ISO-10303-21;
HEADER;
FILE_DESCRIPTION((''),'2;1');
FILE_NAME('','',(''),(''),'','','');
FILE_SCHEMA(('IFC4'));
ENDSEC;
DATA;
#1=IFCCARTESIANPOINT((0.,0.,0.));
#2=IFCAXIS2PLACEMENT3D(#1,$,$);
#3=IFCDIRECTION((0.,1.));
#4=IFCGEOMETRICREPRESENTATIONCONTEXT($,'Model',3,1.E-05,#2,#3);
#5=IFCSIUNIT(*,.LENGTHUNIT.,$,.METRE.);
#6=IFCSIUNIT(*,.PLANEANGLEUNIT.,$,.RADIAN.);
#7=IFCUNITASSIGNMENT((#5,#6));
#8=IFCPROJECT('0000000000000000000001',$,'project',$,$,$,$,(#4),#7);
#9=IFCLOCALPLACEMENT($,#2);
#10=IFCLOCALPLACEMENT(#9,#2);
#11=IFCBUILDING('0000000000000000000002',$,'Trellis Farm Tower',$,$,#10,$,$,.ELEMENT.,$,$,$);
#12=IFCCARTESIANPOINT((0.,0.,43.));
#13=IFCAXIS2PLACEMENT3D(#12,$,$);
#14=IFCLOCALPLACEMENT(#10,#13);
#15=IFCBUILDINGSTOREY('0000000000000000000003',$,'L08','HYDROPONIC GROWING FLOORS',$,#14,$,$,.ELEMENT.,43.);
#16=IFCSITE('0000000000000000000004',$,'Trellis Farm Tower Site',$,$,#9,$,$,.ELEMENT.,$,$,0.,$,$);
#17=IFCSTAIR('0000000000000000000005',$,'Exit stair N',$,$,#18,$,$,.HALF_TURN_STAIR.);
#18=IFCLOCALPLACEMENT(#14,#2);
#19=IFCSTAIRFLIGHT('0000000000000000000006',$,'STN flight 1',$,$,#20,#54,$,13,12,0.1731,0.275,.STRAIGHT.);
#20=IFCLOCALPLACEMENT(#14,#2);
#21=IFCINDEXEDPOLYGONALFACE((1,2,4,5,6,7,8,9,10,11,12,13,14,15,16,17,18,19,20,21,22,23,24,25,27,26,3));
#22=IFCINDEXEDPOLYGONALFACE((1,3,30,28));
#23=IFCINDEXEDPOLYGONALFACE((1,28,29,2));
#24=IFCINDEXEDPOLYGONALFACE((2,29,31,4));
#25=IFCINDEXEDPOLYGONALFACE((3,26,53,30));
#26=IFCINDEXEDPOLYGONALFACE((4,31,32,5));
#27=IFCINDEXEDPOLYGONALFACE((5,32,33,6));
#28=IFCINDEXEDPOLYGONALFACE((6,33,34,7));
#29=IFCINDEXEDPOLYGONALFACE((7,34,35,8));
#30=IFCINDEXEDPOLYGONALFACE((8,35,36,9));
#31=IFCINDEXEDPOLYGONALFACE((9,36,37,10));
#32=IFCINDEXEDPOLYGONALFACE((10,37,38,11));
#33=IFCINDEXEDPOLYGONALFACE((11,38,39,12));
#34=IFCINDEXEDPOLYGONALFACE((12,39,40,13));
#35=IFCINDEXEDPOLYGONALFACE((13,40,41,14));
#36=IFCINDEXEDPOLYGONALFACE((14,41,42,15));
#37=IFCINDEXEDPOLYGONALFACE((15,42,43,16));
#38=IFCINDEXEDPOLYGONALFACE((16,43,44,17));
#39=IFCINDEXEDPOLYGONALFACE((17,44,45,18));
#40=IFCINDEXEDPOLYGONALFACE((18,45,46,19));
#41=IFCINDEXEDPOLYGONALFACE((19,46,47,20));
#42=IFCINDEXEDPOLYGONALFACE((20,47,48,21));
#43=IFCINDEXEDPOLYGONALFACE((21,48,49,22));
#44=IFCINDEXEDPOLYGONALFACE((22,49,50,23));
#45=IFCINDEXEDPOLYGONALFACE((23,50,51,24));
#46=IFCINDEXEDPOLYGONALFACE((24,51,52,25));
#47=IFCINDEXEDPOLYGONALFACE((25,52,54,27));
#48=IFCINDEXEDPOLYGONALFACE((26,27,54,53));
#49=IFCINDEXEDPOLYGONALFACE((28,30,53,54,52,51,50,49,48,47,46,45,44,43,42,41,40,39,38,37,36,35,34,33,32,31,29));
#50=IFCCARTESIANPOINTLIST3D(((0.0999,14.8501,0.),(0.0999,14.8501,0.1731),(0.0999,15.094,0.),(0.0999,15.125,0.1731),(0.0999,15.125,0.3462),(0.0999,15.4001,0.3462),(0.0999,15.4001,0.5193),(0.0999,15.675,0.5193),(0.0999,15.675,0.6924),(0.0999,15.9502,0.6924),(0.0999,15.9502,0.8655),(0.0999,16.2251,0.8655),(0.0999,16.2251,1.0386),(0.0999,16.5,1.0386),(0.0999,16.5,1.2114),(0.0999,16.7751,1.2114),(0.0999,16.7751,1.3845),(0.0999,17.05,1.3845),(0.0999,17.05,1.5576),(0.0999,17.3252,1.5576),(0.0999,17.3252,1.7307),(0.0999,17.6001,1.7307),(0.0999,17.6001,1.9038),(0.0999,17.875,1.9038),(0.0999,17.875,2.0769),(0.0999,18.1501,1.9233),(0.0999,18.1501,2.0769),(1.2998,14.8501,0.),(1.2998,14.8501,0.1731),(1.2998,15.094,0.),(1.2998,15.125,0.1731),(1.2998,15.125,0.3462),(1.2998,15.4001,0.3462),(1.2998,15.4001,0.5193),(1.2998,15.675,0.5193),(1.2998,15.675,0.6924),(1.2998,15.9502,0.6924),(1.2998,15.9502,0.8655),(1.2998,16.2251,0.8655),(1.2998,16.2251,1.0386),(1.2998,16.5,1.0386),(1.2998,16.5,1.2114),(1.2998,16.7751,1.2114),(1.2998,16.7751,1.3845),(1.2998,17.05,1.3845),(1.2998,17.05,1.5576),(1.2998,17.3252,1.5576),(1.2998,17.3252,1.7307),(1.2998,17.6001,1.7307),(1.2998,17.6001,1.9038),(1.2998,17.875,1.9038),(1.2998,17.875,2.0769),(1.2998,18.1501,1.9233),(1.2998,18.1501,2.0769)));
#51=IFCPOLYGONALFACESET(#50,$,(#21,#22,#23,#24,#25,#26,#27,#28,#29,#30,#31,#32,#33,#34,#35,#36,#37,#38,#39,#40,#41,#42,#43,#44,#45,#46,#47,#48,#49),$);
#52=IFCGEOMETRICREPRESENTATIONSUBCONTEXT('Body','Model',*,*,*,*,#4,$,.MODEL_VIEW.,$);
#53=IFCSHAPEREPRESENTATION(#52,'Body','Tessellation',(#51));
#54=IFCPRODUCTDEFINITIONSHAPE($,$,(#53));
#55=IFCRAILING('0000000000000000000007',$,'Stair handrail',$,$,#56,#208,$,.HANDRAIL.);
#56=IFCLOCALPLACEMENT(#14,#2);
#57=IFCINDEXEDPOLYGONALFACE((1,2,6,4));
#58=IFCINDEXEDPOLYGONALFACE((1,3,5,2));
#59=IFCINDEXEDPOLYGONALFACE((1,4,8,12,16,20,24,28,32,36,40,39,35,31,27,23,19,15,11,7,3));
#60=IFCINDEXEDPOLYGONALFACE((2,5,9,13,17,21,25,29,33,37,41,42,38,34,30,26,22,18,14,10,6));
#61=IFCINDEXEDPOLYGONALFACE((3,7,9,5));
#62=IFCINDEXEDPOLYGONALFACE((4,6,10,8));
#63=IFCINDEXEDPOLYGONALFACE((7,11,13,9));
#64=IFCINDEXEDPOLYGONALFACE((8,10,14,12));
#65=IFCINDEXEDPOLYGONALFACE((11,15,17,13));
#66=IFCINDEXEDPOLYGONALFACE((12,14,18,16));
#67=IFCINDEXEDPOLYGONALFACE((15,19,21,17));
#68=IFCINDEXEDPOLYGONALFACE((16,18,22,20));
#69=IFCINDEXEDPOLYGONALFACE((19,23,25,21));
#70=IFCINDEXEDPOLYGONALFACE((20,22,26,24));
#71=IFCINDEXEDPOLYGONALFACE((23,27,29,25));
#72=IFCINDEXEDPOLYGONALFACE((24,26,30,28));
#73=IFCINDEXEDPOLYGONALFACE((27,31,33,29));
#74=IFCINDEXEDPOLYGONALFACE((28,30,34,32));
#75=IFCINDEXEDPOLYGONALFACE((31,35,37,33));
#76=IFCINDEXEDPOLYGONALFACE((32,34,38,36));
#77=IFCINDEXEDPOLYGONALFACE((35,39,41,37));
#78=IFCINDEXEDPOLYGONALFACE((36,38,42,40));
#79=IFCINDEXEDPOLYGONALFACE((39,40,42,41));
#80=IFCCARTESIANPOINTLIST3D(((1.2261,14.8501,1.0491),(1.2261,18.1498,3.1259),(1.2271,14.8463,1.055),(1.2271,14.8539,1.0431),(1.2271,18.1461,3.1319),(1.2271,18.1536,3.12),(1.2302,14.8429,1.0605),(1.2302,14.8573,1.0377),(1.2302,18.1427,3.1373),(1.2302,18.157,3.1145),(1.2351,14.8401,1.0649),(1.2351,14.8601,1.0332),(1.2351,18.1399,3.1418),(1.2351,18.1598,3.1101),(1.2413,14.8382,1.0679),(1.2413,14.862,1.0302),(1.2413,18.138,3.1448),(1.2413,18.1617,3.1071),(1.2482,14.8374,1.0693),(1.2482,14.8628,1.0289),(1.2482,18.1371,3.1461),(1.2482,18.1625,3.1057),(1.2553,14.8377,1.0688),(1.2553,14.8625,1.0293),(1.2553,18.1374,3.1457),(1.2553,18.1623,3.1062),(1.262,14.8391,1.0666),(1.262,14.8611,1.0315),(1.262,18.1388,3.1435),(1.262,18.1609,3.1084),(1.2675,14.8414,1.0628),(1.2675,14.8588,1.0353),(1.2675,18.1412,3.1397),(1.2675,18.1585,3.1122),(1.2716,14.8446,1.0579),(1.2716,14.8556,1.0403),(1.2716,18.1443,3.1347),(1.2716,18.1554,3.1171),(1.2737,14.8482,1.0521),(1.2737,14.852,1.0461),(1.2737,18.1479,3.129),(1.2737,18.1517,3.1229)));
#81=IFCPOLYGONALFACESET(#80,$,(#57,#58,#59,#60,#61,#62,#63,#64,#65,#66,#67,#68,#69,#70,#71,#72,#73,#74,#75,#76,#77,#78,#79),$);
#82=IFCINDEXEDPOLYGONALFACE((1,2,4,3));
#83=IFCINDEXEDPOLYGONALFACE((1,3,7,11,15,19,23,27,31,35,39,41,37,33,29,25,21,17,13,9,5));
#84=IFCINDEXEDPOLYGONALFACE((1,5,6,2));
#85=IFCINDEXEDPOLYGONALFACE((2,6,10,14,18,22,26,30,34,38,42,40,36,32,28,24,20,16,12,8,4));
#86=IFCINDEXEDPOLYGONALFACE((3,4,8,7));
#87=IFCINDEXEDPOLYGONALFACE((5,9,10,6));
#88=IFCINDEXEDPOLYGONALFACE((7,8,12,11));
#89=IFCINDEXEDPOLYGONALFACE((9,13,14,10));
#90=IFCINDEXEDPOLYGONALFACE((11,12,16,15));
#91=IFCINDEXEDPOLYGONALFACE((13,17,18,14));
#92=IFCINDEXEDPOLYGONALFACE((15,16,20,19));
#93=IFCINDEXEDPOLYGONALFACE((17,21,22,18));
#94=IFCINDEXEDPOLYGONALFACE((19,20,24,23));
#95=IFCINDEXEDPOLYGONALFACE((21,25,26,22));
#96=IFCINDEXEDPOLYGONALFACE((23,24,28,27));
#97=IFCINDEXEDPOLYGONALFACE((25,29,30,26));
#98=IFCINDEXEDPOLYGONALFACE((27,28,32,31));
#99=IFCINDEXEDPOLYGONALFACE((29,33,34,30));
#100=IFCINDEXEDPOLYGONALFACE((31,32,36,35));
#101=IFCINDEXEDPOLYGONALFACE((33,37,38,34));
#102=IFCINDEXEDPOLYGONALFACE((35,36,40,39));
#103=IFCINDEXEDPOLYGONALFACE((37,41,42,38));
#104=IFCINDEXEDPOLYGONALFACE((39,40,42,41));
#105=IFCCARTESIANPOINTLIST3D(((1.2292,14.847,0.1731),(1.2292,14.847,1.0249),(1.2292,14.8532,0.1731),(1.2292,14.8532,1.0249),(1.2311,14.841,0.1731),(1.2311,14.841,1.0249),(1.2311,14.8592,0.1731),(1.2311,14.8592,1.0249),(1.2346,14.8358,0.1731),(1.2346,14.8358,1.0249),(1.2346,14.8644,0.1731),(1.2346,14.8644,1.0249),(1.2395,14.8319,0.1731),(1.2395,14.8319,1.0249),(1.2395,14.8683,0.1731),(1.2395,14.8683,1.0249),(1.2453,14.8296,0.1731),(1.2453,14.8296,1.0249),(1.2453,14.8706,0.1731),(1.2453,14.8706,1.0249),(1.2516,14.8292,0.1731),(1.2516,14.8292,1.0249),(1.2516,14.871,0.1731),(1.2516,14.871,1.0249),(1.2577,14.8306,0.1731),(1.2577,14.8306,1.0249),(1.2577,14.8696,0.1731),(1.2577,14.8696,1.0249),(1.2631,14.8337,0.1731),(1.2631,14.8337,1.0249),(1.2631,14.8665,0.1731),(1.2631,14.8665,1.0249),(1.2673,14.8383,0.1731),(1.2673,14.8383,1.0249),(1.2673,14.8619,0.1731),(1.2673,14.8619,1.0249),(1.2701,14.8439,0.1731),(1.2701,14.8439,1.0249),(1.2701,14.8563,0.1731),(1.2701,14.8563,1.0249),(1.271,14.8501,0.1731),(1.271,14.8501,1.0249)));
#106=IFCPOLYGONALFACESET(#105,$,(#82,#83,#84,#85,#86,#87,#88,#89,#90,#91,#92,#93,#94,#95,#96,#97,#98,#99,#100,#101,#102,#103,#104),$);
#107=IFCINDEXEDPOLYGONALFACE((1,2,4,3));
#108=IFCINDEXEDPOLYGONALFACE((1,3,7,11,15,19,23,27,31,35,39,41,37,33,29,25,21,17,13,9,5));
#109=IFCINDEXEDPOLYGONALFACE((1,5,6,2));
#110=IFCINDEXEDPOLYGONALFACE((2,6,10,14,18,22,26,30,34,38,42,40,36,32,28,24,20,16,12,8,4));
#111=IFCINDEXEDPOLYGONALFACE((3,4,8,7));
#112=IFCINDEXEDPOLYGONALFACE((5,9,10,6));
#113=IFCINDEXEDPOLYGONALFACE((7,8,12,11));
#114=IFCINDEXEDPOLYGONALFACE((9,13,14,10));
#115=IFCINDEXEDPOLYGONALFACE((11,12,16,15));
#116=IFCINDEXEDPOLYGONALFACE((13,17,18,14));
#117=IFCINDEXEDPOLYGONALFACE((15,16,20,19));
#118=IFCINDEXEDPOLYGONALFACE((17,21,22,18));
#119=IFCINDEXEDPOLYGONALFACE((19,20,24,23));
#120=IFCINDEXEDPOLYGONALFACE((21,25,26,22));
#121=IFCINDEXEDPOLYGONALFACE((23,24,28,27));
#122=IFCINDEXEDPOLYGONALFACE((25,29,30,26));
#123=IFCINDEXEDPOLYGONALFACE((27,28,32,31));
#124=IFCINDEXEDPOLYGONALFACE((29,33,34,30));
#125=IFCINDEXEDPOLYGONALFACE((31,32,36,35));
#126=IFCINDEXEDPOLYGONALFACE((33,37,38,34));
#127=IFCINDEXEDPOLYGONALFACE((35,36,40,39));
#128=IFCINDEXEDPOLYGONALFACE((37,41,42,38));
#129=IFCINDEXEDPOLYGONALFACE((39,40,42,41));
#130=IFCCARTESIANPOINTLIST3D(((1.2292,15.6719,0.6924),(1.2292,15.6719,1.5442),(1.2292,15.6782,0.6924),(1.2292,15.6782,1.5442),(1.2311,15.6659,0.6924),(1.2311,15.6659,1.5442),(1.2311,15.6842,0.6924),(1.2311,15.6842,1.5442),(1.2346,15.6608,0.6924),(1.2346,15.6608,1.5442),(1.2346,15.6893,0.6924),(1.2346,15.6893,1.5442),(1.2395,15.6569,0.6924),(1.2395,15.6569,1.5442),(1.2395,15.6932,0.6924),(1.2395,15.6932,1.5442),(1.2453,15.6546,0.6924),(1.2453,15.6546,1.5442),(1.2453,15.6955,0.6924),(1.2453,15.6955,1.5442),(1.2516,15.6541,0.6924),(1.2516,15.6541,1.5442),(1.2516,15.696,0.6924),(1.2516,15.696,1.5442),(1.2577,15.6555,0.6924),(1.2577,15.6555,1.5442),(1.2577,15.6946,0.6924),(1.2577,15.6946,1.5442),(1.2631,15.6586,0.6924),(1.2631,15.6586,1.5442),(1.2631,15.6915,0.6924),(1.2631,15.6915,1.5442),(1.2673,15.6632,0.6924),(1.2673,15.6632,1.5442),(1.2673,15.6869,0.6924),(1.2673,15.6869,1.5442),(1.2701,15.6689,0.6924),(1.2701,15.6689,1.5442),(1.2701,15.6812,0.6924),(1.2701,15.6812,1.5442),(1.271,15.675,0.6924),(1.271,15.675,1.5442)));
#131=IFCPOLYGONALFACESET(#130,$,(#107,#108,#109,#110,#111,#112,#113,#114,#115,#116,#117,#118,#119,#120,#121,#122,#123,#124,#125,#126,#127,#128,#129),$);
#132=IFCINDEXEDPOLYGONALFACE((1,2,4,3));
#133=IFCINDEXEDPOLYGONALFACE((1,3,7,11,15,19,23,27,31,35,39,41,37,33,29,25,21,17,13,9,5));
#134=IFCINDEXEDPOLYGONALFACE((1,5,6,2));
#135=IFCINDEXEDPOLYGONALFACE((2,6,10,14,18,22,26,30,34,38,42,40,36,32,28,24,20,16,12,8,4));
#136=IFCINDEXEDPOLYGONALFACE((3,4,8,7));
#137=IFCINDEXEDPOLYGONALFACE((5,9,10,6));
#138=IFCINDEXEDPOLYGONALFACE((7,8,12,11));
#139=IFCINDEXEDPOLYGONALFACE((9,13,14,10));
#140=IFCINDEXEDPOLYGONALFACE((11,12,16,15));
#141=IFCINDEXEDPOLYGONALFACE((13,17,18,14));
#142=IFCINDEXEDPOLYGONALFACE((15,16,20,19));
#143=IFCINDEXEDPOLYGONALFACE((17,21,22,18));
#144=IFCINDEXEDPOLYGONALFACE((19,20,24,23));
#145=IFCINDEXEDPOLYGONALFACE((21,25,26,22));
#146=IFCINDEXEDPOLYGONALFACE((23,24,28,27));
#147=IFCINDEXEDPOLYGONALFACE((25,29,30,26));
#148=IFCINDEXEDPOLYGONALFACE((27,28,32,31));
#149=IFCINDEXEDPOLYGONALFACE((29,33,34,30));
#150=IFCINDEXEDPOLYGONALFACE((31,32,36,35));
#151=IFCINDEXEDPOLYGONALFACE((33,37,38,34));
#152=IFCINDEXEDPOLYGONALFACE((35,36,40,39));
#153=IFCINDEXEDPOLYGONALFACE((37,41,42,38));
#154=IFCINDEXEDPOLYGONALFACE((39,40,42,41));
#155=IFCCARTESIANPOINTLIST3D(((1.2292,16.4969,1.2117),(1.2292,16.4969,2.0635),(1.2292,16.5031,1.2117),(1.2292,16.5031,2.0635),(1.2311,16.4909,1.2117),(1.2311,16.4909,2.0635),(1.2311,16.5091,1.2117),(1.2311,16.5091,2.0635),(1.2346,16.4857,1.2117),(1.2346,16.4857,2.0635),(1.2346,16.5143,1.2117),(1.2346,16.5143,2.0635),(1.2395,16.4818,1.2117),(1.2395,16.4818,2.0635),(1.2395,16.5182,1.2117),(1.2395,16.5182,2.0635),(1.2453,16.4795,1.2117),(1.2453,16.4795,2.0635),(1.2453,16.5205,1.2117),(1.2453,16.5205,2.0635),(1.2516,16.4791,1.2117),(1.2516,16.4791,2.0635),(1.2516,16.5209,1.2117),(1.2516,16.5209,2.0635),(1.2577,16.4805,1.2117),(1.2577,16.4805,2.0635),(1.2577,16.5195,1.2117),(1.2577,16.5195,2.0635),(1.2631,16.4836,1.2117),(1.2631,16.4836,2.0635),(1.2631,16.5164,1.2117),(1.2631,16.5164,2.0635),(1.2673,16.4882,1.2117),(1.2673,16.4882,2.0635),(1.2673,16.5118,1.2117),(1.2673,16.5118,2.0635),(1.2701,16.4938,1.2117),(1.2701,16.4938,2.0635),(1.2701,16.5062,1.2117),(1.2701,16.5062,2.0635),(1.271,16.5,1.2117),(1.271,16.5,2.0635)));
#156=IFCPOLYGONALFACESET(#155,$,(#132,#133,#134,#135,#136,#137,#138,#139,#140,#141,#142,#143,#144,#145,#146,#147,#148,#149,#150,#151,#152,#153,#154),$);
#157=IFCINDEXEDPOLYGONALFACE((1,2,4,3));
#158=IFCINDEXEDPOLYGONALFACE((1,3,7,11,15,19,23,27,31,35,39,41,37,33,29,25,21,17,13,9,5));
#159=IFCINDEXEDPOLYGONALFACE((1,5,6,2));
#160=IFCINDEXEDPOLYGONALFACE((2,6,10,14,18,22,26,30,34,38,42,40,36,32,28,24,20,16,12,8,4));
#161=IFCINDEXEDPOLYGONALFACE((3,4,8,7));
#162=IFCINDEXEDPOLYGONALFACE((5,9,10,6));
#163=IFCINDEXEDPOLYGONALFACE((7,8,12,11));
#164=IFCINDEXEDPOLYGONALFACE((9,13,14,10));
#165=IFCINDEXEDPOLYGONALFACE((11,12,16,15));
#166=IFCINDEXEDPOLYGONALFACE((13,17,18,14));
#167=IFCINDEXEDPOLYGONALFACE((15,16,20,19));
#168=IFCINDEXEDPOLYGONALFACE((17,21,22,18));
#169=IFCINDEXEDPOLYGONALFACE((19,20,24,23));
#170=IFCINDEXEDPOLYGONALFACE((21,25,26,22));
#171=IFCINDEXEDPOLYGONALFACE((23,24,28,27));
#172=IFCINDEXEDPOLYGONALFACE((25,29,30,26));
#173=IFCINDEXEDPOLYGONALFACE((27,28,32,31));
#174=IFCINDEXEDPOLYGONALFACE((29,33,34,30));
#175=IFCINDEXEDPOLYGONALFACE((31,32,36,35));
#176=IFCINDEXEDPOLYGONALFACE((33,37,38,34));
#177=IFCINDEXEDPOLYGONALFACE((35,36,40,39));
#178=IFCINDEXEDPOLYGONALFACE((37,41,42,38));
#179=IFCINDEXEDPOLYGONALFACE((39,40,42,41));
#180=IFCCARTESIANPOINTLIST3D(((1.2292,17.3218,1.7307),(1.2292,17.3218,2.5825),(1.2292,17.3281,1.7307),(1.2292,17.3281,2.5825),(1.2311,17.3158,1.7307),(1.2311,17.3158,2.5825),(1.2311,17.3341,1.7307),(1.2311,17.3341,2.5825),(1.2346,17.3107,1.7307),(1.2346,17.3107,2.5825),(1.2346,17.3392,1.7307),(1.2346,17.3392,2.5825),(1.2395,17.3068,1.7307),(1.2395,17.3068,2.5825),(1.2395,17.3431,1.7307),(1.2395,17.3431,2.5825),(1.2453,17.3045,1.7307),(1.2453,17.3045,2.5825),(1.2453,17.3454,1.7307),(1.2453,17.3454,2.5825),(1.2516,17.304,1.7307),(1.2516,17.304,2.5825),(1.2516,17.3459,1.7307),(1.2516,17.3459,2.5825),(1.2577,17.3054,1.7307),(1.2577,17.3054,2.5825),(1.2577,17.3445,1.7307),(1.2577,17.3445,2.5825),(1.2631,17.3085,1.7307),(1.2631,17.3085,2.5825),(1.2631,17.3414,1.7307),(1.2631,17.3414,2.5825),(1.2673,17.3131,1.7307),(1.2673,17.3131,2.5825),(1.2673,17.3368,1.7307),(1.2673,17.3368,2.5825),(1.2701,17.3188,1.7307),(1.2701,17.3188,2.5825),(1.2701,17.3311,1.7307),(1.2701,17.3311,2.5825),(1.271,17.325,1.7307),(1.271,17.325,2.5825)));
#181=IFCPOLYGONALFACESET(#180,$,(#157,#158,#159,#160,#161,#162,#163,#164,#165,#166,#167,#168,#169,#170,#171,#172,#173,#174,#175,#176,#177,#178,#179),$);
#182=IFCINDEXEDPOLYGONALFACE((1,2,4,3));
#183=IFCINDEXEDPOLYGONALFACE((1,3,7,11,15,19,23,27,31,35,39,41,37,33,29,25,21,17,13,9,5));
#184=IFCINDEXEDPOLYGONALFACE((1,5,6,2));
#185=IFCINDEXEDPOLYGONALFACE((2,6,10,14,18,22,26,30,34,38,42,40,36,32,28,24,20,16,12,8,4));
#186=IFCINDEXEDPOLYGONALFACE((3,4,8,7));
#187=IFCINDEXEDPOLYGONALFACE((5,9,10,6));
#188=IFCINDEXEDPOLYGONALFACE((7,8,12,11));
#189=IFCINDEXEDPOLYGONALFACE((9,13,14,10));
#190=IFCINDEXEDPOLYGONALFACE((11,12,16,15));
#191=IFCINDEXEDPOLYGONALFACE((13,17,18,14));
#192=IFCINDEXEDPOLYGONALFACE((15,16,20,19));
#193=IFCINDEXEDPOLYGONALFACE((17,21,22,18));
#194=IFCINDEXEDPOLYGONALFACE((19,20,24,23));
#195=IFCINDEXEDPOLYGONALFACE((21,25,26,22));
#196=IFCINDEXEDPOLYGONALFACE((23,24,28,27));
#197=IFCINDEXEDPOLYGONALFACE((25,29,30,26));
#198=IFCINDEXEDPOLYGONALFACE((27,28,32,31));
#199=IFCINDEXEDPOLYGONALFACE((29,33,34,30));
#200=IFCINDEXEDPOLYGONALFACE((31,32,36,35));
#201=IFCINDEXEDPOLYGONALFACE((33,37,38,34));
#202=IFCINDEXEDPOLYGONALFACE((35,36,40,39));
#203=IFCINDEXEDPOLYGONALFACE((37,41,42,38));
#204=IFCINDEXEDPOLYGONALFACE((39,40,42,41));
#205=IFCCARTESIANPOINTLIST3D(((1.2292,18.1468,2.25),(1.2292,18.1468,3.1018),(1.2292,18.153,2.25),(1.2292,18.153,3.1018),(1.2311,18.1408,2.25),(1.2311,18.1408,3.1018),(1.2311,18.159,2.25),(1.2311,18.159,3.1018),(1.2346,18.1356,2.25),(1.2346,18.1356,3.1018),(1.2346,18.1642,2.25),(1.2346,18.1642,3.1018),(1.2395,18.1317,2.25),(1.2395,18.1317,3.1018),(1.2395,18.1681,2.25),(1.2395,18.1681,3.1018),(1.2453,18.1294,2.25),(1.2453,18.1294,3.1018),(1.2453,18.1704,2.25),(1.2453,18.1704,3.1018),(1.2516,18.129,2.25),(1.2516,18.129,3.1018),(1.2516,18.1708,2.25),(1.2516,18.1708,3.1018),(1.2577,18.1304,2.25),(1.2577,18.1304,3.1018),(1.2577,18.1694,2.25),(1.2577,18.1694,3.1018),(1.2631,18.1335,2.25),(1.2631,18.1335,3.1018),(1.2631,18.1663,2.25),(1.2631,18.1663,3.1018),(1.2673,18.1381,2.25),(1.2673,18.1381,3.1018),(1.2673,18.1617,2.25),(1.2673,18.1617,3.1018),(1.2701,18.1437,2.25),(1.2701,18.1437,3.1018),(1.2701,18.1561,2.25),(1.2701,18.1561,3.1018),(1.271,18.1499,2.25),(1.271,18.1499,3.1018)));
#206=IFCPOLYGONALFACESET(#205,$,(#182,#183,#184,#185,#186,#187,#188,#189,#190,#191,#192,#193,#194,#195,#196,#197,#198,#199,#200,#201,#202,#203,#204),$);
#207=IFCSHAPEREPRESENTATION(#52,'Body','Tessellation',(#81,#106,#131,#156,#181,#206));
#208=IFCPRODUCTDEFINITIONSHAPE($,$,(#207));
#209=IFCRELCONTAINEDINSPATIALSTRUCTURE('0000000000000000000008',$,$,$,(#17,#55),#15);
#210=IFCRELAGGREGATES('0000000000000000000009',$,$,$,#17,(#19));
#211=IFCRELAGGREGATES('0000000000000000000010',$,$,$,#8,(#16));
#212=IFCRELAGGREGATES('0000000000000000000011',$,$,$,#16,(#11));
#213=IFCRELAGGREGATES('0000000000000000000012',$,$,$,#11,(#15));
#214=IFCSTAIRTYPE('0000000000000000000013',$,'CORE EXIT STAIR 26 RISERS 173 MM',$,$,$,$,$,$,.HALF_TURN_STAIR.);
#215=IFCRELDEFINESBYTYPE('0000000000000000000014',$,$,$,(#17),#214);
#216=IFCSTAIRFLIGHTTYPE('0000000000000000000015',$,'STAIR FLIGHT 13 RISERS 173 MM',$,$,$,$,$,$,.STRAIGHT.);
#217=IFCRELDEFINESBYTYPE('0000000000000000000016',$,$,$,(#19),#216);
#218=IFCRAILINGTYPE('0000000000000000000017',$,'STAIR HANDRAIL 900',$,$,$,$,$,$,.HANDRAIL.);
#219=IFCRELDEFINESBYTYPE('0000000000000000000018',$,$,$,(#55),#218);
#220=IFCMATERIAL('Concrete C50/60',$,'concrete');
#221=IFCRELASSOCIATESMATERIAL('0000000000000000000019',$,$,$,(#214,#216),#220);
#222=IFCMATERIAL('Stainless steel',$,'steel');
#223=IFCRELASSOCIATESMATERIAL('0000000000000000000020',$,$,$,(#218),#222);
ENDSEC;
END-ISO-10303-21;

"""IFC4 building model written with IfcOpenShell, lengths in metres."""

from ifc_helpers import new_model, si_unit, direction, frame, origin, origin_2d, place, context, subcontext, project, spatial, polyline, circle, outline, extrude, source, transform, mapped, material, type_object, element, aggregate, save


model = new_model("IFC4")

# Units and contexts
model_context = context("Model", 3, precision=1e-05, world=origin(), true_north=direction((0.0, 1.0)))
body_context = subcontext(model_context, "Body", "Model", "MODEL_VIEW")
ifc_project = project(units=[si_unit("LENGTHUNIT", "METRE"), si_unit("PLANEANGLEUNIT", "RADIAN")], contexts=[model_context])

# Site, building, storey
site_placement = place(None, origin())
site = spatial("IfcSite", under=ifc_project, at=site_placement, Name="Trellis Farm Tower Site", CompositionType="ELEMENT", RefElevation=0.0)
building_placement = place(site_placement, origin())
building = spatial("IfcBuilding", under=site, at=building_placement, Name="Trellis Farm Tower", CompositionType="ELEMENT")
storey_placement = place(building_placement, frame((0.0, 0.0, 43.0)))
storey = spatial("IfcBuildingStorey", under=building, at=storey_placement, Name="L08", Description="HYDROPONIC GROWING FLOORS", CompositionType="ELEMENT", Elevation=43.0)

# Shared definitions
placement = place(storey_placement, origin())

# Stair, stair flight
ifc_material_1 = material(Name="Concrete C50/60", Category="concrete")
stair_type = type_object("IfcStairType", Name="CORE EXIT STAIR 26 RISERS 173 MM", PredefinedType="HALF_TURN_STAIR", material=ifc_material_1)
stair = element("IfcStair", 1, at=placement, inside=storey, type_object=stair_type, Name="Exit stair N", PredefinedType="HALF_TURN_STAIR")
stair_flight_type = type_object("IfcStairFlightType", Name="STAIR FLIGHT 13 RISERS 173 MM", PredefinedType="STRAIGHT", material=ifc_material_1)
shared_shape_1 = source(origin(), body_context, "Body", "SweptSolid", [
    extrude(outline(polyline([(0.0, 0.0), (0.0, 0.1731), (0.2749, 0.1731), (0.2749, 0.3462), (0.55, 0.3462), (0.55, 0.5193), (0.825, 0.5193), (0.825, 0.6924), (1.1001, 0.6924), (1.1001, 0.8655), (1.375, 0.8655), (1.375, 1.0386), (1.6499, 1.0386), (1.6499, 1.2114), (1.925, 1.2114), (1.925, 1.3845), (2.2, 1.3845), (2.2, 1.5576), (2.4751, 1.5576), (2.4751, 1.7307), (2.75, 1.7307), (2.75, 1.9038), (3.0249, 1.9038), (3.0249, 2.0769), (3.3, 2.0769), (3.3, 2.25), (3.3, 1.9233), (0.2439, 0.0), (0.0, 0.0)])), frame((0.0, 0.6001, 0.0), z_axis=(0.0, -1.0, 0.0), x_axis=(1.0, 0.0, 0.0)), (0.0, 0.0, 1.0), 1.2),
])
stair_flight_placement = place(storey_placement, frame((0.7, 14.8501, 0.0), z_axis=(0.0, 0.0, 1.0), x_axis=(0.0, 1.0, 0.0)))
stair_flight = element("IfcStairFlight", 2, at=stair_flight_placement, type_object=stair_flight_type, Name="STN flight 1", NumberOfRisers=13, NumberOfTreads=12, PredefinedType="STRAIGHT", RiserHeight=0.1731, TreadLength=0.275, context=body_context, shape_type="MappedRepresentation", body=[
    mapped(shared_shape_1, transform((0.0, 0.0, 0.0))),
])
aggregate(stair, [stair_flight])

# Railing
ifc_material_2 = material(Name="Stainless steel", Category="steel")
railing_type = type_object("IfcRailingType", Name="STAIR HANDRAIL 900", PredefinedType="HANDRAIL", material=ifc_material_2)
shared_shape_2 = source(origin(), body_context, "Body", "SweptSolid", [
    extrude(circle(Radius=0.0239, at=origin_2d()), frame((0.0, 0.0, 0.876), z_axis=(0.0, 0.84632, 0.532675), x_axis=(-1.0, 0.0, 0.0)), (0.0, 0.0, 1.0), 3.8989),
    extrude(circle(Radius=0.021, at=origin_2d()), origin(), (0.0, 0.0, 1.0), 0.8518),
    extrude(circle(Radius=0.021, at=origin_2d()), frame((0.0, 0.825, 0.5193)), (0.0, 0.0, 1.0), 0.8518),
    extrude(circle(Radius=0.021, at=origin_2d()), frame((0.0, 1.6499, 1.0386)), (0.0, 0.0, 1.0), 0.8518),
    extrude(circle(Radius=0.021, at=origin_2d()), frame((0.0, 2.4749, 1.5576)), (0.0, 0.0, 1.0), 0.8518),
    extrude(circle(Radius=0.021, at=origin_2d()), frame((0.0, 3.2998, 2.0769)), (0.0, 0.0, 1.0), 0.8518),
])
railing_placement = place(storey_placement, frame((1.25, 14.8501, 0.1731)))
element("IfcRailing", 3, at=railing_placement, inside=storey, type_object=railing_type, Name="Stair handrail", PredefinedType="HANDRAIL", context=body_context, shape_type="MappedRepresentation", body=[
    mapped(shared_shape_2, transform((0.0, 0.0, 0.0))),
])

save(model, "model.ifc")
